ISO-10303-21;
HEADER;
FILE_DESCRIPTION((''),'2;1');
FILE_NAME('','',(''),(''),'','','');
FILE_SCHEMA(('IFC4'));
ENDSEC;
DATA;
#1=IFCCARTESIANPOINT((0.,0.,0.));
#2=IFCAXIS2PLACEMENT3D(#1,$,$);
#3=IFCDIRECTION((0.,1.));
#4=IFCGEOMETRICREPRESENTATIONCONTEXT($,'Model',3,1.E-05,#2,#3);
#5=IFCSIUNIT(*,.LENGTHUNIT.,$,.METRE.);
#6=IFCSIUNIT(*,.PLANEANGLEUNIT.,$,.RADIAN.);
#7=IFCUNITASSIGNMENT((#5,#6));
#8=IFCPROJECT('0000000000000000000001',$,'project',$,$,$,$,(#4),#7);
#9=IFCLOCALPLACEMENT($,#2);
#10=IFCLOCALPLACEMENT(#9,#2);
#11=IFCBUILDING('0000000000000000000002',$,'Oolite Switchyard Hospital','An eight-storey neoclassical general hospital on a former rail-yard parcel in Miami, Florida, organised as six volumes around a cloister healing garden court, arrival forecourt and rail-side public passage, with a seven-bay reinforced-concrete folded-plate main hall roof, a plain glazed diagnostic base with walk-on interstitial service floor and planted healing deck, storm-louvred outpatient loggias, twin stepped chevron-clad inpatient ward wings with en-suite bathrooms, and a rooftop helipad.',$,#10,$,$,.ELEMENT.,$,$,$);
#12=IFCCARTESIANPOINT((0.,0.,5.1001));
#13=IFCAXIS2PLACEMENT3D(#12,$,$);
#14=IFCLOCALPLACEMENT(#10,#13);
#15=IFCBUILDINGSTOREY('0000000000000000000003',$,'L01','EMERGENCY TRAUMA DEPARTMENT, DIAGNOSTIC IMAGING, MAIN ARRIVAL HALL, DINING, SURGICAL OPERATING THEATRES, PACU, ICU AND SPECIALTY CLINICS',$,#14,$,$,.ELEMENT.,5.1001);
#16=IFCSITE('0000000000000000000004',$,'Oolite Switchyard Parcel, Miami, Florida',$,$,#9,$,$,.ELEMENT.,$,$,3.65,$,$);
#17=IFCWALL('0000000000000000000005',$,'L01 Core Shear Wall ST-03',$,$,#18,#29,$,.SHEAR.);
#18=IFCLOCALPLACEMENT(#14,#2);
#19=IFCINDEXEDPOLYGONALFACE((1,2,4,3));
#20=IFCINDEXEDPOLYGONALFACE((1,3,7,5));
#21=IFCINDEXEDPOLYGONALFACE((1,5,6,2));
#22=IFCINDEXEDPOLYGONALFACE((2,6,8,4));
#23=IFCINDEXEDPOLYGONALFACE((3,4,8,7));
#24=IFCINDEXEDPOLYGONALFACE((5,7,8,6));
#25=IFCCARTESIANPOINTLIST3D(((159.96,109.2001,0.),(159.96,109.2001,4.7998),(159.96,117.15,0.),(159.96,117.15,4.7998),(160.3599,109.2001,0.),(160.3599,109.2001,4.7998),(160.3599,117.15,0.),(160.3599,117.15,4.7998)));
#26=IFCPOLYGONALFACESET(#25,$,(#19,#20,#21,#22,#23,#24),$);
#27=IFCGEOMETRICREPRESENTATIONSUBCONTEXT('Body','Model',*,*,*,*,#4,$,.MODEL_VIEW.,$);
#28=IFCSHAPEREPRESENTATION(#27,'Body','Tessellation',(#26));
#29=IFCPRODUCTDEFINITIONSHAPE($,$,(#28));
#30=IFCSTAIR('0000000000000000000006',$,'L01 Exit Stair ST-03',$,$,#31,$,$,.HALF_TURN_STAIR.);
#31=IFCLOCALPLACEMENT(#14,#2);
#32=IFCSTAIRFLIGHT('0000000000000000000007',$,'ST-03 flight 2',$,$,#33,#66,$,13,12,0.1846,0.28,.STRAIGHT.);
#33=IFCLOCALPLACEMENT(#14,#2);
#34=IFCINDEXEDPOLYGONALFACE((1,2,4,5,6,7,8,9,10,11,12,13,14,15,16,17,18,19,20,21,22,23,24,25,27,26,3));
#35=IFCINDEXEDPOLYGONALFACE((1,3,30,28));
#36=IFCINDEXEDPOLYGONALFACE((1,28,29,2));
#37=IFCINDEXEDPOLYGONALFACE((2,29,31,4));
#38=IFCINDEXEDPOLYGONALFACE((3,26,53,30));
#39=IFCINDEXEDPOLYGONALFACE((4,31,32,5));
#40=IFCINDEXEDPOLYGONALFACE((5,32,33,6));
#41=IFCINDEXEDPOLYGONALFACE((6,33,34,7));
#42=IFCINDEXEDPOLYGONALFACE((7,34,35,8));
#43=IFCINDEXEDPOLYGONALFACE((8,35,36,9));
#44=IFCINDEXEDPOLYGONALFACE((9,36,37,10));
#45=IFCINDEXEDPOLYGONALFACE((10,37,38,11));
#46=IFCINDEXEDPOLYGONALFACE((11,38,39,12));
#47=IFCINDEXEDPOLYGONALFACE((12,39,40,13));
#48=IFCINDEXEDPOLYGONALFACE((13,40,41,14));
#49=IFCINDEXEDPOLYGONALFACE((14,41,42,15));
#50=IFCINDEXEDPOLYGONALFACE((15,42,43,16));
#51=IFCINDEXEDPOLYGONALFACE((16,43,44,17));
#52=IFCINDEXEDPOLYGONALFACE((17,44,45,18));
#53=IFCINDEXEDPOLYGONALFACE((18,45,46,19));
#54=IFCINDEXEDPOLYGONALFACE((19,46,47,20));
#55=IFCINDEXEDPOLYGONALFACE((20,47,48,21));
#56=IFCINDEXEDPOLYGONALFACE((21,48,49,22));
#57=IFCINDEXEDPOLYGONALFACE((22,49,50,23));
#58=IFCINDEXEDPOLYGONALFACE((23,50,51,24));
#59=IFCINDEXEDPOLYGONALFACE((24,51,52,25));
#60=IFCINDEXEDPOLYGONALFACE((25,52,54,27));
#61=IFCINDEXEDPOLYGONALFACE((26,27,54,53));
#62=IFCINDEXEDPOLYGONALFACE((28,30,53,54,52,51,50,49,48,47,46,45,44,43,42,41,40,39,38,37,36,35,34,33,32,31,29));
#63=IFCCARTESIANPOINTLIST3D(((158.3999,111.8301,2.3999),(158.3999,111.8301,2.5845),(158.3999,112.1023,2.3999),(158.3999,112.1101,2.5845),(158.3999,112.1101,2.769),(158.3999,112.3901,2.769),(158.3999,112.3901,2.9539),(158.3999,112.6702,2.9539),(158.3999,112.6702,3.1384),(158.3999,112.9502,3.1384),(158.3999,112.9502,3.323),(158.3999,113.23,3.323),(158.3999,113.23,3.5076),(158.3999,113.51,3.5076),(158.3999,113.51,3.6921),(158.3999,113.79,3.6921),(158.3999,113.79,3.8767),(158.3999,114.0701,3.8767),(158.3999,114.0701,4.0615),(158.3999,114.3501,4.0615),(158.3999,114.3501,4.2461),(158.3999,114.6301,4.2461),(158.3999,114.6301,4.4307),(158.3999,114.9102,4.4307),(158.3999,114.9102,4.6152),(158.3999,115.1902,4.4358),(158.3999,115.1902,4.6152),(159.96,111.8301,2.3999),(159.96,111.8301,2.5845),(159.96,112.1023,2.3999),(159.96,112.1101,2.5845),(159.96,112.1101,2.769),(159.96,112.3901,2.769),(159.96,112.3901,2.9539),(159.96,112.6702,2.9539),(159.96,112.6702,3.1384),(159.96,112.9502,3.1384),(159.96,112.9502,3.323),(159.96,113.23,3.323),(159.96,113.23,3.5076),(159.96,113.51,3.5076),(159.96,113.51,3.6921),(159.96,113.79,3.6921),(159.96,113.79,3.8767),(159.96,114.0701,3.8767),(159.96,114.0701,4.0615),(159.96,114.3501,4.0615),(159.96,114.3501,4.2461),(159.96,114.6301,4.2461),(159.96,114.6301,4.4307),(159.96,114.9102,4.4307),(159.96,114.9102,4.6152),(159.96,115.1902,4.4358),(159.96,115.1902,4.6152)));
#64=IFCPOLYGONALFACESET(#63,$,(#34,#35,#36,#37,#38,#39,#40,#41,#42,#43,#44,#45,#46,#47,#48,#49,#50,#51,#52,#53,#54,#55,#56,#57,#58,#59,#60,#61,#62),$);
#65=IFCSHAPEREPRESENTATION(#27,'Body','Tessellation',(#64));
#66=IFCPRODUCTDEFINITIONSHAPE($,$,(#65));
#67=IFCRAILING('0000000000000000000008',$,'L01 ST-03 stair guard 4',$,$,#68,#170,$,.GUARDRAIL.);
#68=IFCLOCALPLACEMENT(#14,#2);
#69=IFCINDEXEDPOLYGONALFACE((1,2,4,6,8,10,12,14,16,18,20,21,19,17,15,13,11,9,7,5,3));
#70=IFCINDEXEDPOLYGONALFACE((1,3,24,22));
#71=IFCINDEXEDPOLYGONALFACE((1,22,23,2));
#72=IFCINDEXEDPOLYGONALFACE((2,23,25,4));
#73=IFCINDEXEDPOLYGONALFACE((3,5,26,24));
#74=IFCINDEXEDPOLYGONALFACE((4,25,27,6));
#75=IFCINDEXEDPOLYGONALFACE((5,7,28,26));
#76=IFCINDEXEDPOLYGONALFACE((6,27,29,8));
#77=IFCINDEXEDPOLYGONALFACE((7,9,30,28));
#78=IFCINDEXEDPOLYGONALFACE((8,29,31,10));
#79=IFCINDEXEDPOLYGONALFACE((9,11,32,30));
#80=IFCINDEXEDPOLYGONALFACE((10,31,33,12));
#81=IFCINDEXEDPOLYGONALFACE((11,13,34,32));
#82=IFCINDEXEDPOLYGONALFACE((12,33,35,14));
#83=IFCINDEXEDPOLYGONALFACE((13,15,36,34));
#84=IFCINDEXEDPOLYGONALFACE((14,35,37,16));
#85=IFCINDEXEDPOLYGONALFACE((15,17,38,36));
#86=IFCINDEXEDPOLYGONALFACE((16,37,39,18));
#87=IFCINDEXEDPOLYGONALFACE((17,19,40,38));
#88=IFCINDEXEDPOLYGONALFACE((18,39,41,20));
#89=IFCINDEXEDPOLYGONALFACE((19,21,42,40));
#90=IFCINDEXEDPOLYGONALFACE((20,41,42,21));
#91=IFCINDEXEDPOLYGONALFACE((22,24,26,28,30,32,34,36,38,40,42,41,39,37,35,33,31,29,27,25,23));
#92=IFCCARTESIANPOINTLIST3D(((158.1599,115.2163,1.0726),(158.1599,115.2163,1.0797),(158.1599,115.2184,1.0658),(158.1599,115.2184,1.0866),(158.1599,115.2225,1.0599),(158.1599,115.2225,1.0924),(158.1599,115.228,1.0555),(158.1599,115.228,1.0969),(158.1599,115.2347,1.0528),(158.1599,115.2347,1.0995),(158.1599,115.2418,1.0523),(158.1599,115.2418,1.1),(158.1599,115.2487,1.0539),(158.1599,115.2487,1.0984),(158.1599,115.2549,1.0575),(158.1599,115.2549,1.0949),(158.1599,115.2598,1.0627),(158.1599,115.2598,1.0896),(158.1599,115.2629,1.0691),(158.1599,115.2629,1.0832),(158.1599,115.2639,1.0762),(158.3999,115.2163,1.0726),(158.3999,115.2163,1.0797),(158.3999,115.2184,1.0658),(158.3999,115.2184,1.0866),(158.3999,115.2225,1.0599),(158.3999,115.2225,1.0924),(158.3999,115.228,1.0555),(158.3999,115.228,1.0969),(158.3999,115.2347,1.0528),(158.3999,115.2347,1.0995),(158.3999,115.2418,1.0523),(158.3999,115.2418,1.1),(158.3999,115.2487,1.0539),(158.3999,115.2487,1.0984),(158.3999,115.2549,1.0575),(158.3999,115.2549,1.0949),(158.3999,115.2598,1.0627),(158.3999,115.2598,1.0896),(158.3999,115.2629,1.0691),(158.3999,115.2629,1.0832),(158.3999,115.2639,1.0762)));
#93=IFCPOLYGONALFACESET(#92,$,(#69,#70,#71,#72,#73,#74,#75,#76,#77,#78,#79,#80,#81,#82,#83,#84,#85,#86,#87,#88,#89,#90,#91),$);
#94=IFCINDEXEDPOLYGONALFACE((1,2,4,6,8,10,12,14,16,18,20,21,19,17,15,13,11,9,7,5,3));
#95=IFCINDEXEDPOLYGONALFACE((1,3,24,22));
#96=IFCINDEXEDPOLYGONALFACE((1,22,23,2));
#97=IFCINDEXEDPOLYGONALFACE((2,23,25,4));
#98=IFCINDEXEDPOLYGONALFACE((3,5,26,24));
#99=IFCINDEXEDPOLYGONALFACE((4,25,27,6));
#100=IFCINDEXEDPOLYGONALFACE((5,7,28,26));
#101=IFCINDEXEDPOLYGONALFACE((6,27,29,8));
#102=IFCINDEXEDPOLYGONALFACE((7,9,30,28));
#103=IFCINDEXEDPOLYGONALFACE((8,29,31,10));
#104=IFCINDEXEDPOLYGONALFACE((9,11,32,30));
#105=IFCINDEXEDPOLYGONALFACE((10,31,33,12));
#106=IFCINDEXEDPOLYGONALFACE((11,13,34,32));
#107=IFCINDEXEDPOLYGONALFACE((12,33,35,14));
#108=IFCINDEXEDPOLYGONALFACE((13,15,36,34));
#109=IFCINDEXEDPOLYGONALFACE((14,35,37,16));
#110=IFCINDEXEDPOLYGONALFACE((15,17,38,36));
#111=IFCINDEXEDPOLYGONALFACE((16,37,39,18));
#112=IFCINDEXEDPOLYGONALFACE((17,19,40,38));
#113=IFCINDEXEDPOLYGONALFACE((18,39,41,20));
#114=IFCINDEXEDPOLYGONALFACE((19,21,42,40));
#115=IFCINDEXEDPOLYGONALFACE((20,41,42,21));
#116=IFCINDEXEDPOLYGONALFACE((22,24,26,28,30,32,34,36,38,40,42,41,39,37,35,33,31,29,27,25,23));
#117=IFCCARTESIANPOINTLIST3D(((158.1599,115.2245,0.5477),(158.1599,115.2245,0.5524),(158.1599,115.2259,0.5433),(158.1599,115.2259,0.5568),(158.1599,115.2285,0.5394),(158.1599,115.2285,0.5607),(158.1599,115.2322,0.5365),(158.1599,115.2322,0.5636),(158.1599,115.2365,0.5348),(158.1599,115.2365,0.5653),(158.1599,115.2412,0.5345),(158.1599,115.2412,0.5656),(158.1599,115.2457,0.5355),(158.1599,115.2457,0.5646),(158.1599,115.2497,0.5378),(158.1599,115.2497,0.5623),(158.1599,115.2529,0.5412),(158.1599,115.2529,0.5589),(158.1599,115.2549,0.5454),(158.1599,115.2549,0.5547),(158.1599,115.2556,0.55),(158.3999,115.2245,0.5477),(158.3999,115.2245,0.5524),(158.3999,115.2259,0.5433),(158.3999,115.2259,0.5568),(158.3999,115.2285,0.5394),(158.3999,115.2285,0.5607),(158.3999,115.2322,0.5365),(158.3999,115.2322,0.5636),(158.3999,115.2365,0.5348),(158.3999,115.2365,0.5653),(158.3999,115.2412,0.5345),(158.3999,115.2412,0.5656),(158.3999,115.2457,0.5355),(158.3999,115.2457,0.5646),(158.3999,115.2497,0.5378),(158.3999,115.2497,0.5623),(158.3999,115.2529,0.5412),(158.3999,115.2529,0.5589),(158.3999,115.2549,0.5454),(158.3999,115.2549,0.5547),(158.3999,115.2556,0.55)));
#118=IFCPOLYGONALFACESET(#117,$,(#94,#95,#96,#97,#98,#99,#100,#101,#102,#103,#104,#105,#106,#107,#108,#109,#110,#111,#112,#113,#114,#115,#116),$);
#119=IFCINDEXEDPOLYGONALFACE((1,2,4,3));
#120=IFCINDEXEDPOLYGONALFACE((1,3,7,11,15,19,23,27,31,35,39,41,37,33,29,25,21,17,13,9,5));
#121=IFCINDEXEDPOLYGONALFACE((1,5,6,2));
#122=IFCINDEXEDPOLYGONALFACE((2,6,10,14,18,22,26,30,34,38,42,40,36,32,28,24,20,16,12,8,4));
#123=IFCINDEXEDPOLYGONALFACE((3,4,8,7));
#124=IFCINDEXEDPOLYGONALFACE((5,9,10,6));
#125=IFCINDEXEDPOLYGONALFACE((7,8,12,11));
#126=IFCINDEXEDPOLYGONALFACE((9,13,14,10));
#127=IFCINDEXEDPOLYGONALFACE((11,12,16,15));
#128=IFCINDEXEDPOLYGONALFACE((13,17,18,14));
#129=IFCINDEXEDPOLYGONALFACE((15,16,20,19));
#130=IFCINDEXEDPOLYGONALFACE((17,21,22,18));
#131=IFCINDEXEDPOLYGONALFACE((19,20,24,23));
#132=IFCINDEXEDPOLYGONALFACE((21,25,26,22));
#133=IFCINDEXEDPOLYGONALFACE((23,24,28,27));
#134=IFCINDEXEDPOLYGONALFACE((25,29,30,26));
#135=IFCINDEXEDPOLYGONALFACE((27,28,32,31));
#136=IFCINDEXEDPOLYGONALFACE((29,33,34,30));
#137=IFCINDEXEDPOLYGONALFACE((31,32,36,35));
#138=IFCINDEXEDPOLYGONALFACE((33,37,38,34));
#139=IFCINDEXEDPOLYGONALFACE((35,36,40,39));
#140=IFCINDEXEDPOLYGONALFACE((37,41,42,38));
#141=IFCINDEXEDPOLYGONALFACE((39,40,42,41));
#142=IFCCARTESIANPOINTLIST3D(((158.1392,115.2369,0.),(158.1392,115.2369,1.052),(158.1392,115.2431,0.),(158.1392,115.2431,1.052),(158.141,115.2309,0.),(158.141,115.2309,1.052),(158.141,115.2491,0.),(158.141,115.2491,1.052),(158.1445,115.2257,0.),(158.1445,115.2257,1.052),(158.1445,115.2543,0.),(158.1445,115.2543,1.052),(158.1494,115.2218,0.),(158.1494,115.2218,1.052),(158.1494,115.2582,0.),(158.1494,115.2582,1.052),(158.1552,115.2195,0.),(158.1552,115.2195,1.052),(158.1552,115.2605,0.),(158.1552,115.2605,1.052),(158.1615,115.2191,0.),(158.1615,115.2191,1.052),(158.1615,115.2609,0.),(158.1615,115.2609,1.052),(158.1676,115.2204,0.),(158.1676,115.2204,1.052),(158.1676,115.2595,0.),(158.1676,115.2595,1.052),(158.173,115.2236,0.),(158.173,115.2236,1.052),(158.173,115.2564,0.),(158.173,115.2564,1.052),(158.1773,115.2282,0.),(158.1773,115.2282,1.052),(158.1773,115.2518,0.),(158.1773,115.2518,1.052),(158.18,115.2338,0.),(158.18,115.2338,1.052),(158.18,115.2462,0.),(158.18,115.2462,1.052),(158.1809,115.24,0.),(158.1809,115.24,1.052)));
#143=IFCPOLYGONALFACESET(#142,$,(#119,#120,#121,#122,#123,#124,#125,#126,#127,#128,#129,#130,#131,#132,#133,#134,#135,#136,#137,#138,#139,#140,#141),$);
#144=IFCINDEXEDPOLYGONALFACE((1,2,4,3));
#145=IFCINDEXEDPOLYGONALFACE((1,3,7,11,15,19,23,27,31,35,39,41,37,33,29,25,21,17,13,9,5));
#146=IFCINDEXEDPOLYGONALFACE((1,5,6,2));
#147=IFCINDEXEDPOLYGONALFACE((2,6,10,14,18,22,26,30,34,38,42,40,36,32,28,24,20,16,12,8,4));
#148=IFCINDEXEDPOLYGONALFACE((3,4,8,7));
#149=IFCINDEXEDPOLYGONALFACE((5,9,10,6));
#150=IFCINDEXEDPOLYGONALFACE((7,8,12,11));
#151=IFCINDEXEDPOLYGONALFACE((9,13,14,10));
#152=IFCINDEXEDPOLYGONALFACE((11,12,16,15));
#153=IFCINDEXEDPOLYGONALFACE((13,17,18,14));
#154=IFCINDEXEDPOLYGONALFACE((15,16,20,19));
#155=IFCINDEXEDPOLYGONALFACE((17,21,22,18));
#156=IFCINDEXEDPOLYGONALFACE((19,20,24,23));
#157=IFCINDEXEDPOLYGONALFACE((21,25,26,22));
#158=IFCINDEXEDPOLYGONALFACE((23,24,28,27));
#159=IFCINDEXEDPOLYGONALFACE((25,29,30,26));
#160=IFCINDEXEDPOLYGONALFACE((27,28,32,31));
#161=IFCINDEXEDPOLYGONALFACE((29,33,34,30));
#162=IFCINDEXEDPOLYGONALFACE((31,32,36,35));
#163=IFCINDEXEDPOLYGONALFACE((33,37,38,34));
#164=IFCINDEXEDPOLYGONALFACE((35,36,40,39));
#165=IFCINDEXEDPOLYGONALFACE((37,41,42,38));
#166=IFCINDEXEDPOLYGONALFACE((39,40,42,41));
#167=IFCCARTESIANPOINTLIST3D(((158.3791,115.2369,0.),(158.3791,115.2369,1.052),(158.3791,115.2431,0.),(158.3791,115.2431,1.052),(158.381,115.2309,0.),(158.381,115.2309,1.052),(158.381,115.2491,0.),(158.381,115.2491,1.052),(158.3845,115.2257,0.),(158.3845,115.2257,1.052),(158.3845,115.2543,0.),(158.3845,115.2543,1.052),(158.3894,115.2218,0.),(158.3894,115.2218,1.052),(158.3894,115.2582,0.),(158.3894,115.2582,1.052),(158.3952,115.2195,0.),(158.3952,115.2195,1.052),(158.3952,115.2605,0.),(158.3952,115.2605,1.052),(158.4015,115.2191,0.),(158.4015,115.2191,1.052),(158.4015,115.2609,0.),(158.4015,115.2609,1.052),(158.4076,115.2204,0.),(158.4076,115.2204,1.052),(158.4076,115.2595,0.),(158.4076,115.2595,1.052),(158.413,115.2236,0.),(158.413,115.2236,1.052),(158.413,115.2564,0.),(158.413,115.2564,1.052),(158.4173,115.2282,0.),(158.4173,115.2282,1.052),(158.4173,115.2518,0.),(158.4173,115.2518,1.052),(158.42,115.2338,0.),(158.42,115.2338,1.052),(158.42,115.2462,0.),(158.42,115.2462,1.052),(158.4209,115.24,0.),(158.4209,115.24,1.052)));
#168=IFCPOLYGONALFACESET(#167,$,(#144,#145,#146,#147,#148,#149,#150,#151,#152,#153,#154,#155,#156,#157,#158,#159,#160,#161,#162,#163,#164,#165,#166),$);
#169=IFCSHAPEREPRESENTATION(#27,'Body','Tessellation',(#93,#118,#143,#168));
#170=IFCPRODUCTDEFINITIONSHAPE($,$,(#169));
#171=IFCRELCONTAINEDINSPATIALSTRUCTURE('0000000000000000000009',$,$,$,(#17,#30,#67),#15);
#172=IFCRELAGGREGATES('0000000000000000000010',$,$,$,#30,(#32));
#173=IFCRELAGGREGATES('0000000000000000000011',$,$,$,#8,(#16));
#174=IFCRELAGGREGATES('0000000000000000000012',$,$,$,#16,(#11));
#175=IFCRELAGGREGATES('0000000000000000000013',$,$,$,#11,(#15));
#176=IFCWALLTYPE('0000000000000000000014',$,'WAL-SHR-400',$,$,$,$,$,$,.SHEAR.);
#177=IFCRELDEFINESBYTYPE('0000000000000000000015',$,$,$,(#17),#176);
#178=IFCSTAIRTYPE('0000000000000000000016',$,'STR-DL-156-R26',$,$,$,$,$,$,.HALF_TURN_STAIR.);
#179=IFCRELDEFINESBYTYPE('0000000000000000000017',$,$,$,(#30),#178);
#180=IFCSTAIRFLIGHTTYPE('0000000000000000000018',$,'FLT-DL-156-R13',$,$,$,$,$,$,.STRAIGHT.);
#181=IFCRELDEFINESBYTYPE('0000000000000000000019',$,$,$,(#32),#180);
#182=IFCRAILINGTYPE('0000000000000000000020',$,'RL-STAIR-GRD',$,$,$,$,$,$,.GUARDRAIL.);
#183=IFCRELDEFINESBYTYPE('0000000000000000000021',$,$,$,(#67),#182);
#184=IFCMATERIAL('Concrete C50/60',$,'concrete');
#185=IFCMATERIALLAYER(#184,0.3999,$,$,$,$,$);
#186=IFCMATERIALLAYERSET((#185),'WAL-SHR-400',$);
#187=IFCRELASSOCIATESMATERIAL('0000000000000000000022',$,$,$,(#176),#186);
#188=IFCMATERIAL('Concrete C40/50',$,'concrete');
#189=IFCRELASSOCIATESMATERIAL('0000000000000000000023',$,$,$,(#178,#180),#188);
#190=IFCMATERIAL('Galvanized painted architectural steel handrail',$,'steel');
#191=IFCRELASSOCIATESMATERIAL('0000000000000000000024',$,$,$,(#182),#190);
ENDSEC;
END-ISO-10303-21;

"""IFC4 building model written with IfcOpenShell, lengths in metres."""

from ifc_helpers import new_model, si_unit, direction, frame, frame_2d, origin, origin_2d, place, context, subcontext, project, spatial, polyline, rectangle, circle, outline, extrude, material, layer, layer_set, type_object, element, aggregate, save


model = new_model("IFC4")

# Units and contexts
model_context = context("Model", 3, precision=1e-05, world=origin(), true_north=direction((0.0, 1.0)))
body_context = subcontext(model_context, "Body", "Model", "MODEL_VIEW")
ifc_project = project(units=[si_unit("LENGTHUNIT", "METRE"), si_unit("PLANEANGLEUNIT", "RADIAN")], contexts=[model_context])

# Site, building, storey
site_placement = place(None, origin())
site = spatial("IfcSite", under=ifc_project, at=site_placement, Name="Oolite Switchyard Parcel, Miami, Florida", CompositionType="ELEMENT", RefElevation=3.65)
building_placement = place(site_placement, origin())
building = spatial("IfcBuilding", under=site, at=building_placement, Name="Oolite Switchyard Hospital", Description="An eight-storey neoclassical general hospital on a former rail-yard parcel in Miami, Florida, organised as six volumes around a cloister healing garden court, arrival forecourt and rail-side public passage, with a seven-bay reinforced-concrete folded-plate main hall roof, a plain glazed diagnostic base with walk-on interstitial service floor and planted healing deck, storm-louvred outpatient loggias, twin stepped chevron-clad inpatient ward wings with en-suite bathrooms, and a rooftop helipad.", CompositionType="ELEMENT")
storey_placement = place(building_placement, frame((0.0, 0.0, 5.1001)))
storey = spatial("IfcBuildingStorey", under=building, at=storey_placement, Name="L01", Description="EMERGENCY TRAUMA DEPARTMENT, DIAGNOSTIC IMAGING, MAIN ARRIVAL HALL, DINING, SURGICAL OPERATING THEATRES, PACU, ICU AND SPECIALTY CLINICS", CompositionType="ELEMENT", Elevation=5.1001)

# Shared definitions
ifc_material_1 = material(Name="Concrete C50/60", Category="concrete")

# Shared definitions
ifc_material_2 = material(Name="Concrete C40/50", Category="concrete")

# Wall
ifc_layer_1 = layer(ifc_material_1, 0.3999)
ifc_layer_set_1 = layer_set([ifc_layer_1], Name="WAL-SHR-400")
wall_type_1 = type_object("IfcWallType", Name="WAL-SHR-400", PredefinedType="SHEAR", material=ifc_layer_set_1)
wall_1_placement = place(storey_placement, frame((160.1599, 109.2, 0.0), z_axis=(0.0, 0.0, 1.0), x_axis=(0.0, 1.0, 0.0)))
element("IfcWall", 1, at=wall_1_placement, inside=storey, type_object=wall_type_1, Name="L01 Core Shear Wall ST-03", PredefinedType="SHEAR", context=body_context, shape_type="SweptSolid", body=[
    extrude(rectangle(XDim=7.95, YDim=0.3999, at=frame_2d((3.9751, 0.0))), origin(), (0.0, 0.0, 1.0), 4.7998),
])

# Stair, stair flight
stair_type = type_object("IfcStairType", Name="STR-DL-156-R26", PredefinedType="HALF_TURN_STAIR", material=ifc_material_2)
stair_placement = place(storey_placement, origin())
stair = element("IfcStair", 2, at=stair_placement, inside=storey, type_object=stair_type, Name="L01 Exit Stair ST-03", PredefinedType="HALF_TURN_STAIR")
stair_flight_type = type_object("IfcStairFlightType", Name="FLT-DL-156-R13", PredefinedType="STRAIGHT", material=ifc_material_2)
stair_flight_placement = place(storey_placement, frame((159.1799, 111.8301, 2.3999), z_axis=(0.0, 0.0, 1.0), x_axis=(0.0, 1.0, 0.0)))
stair_flight = element("IfcStairFlight", 3, at=stair_flight_placement, type_object=stair_flight_type, Name="ST-03 flight 2", NumberOfRisers=13, NumberOfTreads=12, PredefinedType="STRAIGHT", RiserHeight=0.1846, TreadLength=0.28, context=body_context, shape_type="SweptSolid", body=[
    extrude(outline(polyline([(0.0, 0.0), (0.0, 0.1846), (0.28, 0.1846), (0.28, 0.3691), (0.5601, 0.3691), (0.5601, 0.554), (0.8401, 0.554), (0.8401, 0.7385), (1.1201, 0.7385), (1.1201, 0.9231), (1.3999, 0.9231), (1.3999, 1.1077), (1.6799, 1.1077), (1.6799, 1.2922), (1.96, 1.2922), (1.96, 1.4768), (2.24, 1.4768), (2.24, 1.6616), (2.52, 1.6616), (2.52, 1.8462), (2.8, 1.8462), (2.8, 2.0308), (3.0801, 2.0308), (3.0801, 2.2153), (3.3601, 2.2153), (3.3601, 2.3999), (3.3601, 2.0359), (0.2722, 0.0), (0.0, 0.0)])), frame((0.0, 0.78, 0.0), z_axis=(0.0, -1.0, 0.0), x_axis=(1.0, 0.0, 0.0)), (0.0, 0.0, 1.0), 1.5601),
])
aggregate(stair, [stair_flight])

# Railing
ifc_material_3 = material(Name="Galvanized painted architectural steel handrail", Category="steel")
railing_type_1 = type_object("IfcRailingType", Name="RL-STAIR-GRD", PredefinedType="GUARDRAIL", material=ifc_material_3)
railing_1_placement = place(storey_placement, frame((158.1599, 115.24, 0.0)))
element("IfcRailing", 4, at=railing_1_placement, inside=storey, type_object=railing_type_1, Name="L01 ST-03 stair guard 4", PredefinedType="GUARDRAIL", context=body_context, shape_type="SweptSolid", body=[
    extrude(circle(Radius=0.0239, at=origin_2d()), frame((0.0, 0.0, 1.0762), z_axis=(1.0, 0.0, 0.0), x_axis=(0.0, 1.0, 0.0)), (0.0, 0.0, 1.0), 0.24),
    extrude(circle(Radius=0.0156, at=origin_2d()), frame((0.0, 0.0, 0.55), z_axis=(1.0, 0.0, 0.0), x_axis=(0.0, 1.0, 0.0)), (0.0, 0.0, 1.0), 0.24),
    extrude(circle(Radius=0.021, at=origin_2d()), origin(), (0.0, 0.0, 1.0), 1.052),
    extrude(circle(Radius=0.021, at=origin_2d()), frame((0.24, 0.0, 0.0)), (0.0, 0.0, 1.0), 1.052),
])

save(model, "model.ifc")
